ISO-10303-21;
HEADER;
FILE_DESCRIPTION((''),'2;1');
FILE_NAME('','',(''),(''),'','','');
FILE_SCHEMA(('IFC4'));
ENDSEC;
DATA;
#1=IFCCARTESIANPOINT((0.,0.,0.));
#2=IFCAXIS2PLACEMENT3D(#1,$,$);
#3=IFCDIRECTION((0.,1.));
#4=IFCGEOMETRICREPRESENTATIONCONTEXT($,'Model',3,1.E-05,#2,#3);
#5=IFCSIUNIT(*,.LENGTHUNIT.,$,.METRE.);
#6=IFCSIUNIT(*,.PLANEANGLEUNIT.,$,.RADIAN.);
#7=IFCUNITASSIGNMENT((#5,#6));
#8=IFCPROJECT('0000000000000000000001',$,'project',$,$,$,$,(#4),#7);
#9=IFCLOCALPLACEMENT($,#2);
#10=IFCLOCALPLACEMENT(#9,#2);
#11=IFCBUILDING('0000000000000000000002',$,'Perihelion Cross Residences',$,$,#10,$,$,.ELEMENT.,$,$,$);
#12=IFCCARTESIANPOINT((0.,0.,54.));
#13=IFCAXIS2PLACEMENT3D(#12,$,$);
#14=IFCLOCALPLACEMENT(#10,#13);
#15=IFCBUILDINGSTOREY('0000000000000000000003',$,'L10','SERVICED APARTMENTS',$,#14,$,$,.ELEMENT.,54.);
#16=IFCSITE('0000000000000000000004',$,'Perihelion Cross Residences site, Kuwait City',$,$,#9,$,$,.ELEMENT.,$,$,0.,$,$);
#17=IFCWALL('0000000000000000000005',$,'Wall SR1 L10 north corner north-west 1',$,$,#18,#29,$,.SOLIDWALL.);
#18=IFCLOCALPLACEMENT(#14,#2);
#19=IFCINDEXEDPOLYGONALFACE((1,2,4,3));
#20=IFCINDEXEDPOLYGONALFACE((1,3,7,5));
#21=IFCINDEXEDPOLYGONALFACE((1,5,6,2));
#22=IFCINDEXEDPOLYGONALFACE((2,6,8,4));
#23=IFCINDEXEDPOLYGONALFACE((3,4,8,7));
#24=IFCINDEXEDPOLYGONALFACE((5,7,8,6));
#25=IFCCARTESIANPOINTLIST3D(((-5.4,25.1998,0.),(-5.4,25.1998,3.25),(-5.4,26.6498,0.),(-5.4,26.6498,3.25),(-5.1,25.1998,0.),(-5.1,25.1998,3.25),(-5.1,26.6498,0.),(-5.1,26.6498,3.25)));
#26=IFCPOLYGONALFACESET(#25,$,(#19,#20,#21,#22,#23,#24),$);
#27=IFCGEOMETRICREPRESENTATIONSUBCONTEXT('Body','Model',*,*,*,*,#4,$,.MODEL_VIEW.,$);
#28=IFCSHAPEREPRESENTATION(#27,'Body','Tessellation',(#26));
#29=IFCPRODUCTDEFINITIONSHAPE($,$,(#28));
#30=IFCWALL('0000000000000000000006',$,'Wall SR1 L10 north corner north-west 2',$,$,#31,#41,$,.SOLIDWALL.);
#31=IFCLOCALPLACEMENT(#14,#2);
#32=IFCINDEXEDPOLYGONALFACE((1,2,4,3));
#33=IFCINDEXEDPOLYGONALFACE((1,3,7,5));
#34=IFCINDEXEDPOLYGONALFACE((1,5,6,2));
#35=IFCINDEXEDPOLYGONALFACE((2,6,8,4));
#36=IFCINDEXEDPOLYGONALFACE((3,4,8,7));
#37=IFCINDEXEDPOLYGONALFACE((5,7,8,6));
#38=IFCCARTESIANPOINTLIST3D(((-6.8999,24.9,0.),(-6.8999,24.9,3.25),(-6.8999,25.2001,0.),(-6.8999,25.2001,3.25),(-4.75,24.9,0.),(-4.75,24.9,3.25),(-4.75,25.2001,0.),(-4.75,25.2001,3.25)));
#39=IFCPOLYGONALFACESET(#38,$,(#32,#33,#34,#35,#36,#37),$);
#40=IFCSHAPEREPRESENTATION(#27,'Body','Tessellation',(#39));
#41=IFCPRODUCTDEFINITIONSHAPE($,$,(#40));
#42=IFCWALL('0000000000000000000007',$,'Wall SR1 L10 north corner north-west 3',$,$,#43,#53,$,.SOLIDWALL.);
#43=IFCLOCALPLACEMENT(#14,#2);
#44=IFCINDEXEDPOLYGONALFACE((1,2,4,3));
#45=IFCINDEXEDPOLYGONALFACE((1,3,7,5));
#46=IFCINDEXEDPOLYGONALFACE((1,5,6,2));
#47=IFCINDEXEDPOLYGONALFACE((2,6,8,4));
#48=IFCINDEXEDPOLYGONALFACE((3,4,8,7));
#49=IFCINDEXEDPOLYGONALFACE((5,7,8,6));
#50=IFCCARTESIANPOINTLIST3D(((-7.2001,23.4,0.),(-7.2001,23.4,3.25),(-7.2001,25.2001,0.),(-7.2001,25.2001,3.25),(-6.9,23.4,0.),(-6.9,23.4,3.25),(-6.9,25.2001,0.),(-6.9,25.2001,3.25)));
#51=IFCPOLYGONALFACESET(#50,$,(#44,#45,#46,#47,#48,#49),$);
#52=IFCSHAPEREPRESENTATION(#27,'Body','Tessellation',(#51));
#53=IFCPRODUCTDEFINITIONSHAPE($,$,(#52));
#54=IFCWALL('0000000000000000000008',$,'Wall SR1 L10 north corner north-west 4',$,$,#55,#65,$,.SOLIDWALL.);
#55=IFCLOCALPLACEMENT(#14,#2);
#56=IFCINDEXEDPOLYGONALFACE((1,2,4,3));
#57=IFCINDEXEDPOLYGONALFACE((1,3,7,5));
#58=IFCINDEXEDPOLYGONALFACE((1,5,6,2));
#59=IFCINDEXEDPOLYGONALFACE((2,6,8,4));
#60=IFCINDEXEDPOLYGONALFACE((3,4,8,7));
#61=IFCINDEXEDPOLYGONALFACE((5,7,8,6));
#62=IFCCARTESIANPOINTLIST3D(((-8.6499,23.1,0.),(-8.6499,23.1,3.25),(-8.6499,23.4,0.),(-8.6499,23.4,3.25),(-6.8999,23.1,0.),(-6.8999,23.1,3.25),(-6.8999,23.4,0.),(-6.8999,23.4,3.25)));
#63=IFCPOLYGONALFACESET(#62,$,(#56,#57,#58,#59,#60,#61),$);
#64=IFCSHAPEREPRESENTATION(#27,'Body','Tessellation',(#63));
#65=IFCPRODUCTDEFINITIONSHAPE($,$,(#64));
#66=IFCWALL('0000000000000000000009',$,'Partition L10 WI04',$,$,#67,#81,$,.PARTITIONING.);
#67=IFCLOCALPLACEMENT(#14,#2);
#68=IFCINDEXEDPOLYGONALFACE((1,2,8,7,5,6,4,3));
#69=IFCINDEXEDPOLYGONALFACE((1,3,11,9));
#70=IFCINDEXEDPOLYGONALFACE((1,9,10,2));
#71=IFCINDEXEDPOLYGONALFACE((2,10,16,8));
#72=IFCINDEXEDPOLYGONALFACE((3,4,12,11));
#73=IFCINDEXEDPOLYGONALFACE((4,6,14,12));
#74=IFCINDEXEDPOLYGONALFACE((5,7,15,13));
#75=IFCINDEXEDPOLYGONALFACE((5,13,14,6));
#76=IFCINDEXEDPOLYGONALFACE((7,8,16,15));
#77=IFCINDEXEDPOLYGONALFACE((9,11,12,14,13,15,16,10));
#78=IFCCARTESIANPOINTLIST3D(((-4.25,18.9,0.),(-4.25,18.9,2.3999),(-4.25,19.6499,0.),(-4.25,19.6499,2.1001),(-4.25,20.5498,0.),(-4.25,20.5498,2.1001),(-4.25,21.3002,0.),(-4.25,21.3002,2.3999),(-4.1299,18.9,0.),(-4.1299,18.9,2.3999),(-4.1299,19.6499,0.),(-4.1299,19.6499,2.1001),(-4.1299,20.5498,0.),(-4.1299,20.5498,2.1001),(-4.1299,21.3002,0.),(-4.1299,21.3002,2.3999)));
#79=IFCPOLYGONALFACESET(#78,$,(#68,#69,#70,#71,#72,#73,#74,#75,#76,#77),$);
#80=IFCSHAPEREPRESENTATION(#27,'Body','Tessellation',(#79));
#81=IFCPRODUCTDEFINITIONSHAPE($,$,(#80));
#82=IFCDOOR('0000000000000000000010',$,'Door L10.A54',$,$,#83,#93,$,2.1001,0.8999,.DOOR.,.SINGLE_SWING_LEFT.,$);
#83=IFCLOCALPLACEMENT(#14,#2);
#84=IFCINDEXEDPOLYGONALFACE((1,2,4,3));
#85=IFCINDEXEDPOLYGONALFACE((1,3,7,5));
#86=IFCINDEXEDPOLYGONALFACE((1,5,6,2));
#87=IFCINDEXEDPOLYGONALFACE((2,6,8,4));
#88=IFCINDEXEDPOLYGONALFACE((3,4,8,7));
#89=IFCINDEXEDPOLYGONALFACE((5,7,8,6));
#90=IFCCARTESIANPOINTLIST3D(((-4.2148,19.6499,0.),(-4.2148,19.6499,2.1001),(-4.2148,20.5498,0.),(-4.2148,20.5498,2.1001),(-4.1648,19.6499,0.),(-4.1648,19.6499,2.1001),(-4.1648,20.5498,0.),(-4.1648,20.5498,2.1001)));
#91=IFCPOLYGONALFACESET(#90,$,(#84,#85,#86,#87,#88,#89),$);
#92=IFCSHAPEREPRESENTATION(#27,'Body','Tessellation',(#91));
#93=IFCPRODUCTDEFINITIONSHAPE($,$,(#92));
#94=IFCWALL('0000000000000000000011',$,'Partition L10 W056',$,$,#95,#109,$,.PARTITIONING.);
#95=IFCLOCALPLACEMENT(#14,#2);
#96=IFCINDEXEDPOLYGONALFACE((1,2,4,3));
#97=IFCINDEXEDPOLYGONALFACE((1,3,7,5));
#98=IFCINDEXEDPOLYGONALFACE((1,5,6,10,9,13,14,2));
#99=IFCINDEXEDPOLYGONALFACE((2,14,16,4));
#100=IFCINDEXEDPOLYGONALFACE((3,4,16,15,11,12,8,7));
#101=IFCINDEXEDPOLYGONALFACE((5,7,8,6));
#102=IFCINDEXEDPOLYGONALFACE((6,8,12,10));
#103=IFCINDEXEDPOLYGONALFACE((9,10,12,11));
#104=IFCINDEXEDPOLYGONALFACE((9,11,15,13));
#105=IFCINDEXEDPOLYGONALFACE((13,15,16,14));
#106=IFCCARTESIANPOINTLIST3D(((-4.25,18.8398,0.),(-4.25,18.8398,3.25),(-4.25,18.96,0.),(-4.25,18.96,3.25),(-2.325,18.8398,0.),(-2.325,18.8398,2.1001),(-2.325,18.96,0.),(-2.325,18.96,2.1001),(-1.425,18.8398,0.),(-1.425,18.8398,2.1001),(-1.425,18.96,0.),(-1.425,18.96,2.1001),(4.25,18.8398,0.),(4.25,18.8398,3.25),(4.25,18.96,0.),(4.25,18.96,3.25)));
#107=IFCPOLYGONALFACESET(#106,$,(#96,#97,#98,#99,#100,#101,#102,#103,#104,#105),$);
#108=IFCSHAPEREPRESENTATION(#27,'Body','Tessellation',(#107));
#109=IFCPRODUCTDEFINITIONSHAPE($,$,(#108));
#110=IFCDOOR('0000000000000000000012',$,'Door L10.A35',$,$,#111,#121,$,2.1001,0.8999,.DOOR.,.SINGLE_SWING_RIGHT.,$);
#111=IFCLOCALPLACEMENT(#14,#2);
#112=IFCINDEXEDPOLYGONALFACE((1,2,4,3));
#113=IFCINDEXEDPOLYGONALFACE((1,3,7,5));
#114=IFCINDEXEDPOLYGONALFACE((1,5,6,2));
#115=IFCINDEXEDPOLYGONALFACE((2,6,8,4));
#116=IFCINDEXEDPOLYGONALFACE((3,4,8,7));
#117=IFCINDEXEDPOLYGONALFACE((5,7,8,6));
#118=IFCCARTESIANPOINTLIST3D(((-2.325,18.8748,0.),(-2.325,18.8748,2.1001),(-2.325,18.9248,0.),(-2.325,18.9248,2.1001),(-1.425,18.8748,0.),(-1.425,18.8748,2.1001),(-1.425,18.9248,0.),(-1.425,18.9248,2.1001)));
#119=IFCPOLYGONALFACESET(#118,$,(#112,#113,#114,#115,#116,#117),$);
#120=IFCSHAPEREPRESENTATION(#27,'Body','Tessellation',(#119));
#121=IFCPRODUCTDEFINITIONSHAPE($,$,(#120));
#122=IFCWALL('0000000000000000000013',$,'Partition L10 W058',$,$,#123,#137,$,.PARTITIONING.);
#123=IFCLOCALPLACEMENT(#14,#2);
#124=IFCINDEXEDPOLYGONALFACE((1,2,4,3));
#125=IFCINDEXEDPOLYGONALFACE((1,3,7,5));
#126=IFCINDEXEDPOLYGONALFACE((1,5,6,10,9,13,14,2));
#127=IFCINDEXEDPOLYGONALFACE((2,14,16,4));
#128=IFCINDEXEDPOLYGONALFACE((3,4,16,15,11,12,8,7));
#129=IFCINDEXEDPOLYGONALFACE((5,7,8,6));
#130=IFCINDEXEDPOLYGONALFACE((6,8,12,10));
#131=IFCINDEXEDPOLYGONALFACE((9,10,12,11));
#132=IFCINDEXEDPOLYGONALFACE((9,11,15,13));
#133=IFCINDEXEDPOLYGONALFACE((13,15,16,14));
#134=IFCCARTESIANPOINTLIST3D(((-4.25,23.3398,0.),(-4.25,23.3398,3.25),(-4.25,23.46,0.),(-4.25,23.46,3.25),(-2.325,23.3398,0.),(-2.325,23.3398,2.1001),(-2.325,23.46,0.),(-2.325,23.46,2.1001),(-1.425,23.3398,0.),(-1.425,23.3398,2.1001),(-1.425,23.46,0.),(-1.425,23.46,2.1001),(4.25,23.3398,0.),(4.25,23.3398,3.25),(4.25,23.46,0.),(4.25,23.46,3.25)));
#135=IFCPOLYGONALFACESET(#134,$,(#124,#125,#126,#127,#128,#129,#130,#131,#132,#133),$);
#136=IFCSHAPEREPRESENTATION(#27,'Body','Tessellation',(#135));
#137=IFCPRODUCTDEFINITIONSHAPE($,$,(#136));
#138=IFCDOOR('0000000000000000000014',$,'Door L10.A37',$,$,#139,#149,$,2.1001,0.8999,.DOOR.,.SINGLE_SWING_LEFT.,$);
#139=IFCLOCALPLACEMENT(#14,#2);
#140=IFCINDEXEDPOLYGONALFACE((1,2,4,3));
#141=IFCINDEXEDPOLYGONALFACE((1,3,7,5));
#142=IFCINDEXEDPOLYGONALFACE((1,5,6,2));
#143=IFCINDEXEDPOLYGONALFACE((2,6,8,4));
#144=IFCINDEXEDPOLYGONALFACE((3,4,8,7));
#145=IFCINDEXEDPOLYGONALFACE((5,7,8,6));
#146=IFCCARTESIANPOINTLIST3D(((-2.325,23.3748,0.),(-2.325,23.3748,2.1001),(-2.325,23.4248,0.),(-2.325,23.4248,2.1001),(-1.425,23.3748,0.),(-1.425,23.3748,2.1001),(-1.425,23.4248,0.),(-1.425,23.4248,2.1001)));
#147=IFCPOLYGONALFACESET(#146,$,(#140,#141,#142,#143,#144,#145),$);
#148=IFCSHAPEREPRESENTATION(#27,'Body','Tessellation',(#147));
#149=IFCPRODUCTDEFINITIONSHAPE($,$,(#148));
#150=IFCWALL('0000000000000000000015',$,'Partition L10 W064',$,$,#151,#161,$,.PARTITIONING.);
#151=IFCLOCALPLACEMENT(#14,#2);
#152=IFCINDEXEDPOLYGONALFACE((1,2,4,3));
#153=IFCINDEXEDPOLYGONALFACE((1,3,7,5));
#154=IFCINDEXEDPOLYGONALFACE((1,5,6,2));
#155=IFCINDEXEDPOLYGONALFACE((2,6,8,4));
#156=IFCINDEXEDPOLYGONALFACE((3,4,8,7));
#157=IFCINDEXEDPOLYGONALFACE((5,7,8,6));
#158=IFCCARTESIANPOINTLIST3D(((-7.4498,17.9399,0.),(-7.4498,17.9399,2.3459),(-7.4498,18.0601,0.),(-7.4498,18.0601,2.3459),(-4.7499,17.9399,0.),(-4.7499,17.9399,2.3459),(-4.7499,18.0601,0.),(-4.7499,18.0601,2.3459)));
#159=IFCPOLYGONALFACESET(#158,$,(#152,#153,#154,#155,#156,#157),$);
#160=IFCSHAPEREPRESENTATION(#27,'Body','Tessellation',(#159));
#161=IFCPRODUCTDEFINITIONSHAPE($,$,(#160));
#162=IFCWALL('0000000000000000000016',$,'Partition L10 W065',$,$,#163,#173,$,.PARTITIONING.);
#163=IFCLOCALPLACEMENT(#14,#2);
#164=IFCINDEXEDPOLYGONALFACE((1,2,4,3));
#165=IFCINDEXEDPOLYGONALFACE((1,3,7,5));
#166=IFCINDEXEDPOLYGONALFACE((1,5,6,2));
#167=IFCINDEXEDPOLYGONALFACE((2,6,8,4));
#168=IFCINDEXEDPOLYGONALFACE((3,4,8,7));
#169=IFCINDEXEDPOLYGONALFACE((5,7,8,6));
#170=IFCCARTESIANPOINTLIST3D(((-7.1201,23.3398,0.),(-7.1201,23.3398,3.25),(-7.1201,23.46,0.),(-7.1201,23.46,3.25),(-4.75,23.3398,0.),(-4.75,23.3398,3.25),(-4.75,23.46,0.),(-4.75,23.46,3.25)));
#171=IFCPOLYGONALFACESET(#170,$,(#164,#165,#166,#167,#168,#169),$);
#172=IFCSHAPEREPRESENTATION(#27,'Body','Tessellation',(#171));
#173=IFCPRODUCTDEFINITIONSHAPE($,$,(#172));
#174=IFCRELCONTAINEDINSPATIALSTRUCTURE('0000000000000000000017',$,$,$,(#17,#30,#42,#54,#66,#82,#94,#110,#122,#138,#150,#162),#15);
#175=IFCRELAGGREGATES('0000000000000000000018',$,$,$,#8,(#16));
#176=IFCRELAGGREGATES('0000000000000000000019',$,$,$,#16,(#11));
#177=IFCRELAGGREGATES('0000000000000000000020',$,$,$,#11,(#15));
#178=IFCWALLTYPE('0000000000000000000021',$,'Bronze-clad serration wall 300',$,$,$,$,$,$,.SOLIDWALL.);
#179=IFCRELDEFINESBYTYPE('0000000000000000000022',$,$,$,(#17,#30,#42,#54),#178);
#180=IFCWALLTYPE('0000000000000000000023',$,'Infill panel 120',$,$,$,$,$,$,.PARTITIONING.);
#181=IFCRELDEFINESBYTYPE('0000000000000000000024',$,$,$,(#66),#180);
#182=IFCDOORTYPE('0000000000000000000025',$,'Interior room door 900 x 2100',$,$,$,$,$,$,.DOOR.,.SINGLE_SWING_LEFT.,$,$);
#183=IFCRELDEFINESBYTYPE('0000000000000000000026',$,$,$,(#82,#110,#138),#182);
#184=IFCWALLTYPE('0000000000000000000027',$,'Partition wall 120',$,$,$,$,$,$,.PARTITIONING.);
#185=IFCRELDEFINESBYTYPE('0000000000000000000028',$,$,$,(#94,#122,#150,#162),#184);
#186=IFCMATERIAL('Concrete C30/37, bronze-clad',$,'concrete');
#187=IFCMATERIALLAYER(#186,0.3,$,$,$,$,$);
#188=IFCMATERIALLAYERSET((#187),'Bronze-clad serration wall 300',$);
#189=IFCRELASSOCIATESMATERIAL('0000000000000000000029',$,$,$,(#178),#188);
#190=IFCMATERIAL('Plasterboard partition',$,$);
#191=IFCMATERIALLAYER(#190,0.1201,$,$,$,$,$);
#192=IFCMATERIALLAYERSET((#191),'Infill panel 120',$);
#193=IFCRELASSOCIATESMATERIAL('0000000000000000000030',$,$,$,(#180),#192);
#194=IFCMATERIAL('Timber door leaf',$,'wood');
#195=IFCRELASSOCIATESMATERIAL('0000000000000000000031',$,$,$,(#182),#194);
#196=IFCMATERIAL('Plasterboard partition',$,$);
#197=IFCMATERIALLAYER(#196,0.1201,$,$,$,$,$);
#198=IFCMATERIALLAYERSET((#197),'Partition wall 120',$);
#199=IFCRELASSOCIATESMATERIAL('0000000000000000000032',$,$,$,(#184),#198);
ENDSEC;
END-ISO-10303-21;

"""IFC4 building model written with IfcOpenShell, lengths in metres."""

from ifc_helpers import new_model, si_unit, direction, frame, frame_2d, origin, place, context, subcontext, project, spatial, rectangle, extrude, material, layer, layer_set, type_object, element, fill, save


model = new_model("IFC4")

# Units and contexts
model_context = context("Model", 3, precision=1e-05, world=origin(), true_north=direction((0.0, 1.0)))
body_context = subcontext(model_context, "Body", "Model", "MODEL_VIEW")
ifc_project = project(units=[si_unit("LENGTHUNIT", "METRE"), si_unit("PLANEANGLEUNIT", "RADIAN")], contexts=[model_context])

# Site, building, storey
site_placement = place(None, origin())
site = spatial("IfcSite", under=ifc_project, at=site_placement, Name="Perihelion Cross Residences site, Kuwait City", CompositionType="ELEMENT", RefElevation=0.0)
building_placement = place(site_placement, origin())
building = spatial("IfcBuilding", under=site, at=building_placement, Name="Perihelion Cross Residences", CompositionType="ELEMENT")
storey_placement = place(building_placement, frame((0.0, 0.0, 54.0)))
storey = spatial("IfcBuildingStorey", under=building, at=storey_placement, Name="L10", Description="SERVICED APARTMENTS", CompositionType="ELEMENT", Elevation=54.0)

# Walls
ifc_material_1 = material(Name="Concrete C30/37, bronze-clad", Category="concrete")
ifc_layer_1 = layer(ifc_material_1, 0.3)
ifc_layer_set_1 = layer_set([ifc_layer_1], Name="Bronze-clad serration wall 300")
wall_type_1 = type_object("IfcWallType", Name="Bronze-clad serration wall 300", PredefinedType="SOLIDWALL", material=ifc_layer_set_1)
wall_1_placement = place(storey_placement, frame((-5.25, 26.6499, 0.0), z_axis=(0.0, 0.0, 1.0), x_axis=(0.0, -1.0, 0.0)))
element("IfcWall", 1, at=wall_1_placement, inside=storey, type_object=wall_type_1, Name="Wall SR1 L10 north corner north-west 1", PredefinedType="SOLIDWALL", context=body_context, shape_type="SweptSolid", body=[
    extrude(rectangle(XDim=1.45, YDim=0.3, at=frame_2d((0.7251, 0.0))), origin(), (0.0, 0.0, 1.0), 3.25),
])
wall_2_placement = place(storey_placement, frame((-4.75, 25.05, 0.0), z_axis=(0.0, 0.0, 1.0), x_axis=(-1.0, 0.0, 0.0)))
element("IfcWall", 2, at=wall_2_placement, inside=storey, type_object=wall_type_1, Name="Wall SR1 L10 north corner north-west 2", PredefinedType="SOLIDWALL", context=body_context, shape_type="SweptSolid", body=[
    extrude(rectangle(XDim=2.1499, YDim=0.3, at=frame_2d((1.075, 0.0))), origin(), (0.0, 0.0, 1.0), 3.25),
])
wall_3_placement = place(storey_placement, frame((-7.05, 25.2, 0.0), z_axis=(0.0, 0.0, 1.0), x_axis=(0.0, -1.0, 0.0)))
element("IfcWall", 3, at=wall_3_placement, inside=storey, type_object=wall_type_1, Name="Wall SR1 L10 north corner north-west 3", PredefinedType="SOLIDWALL", context=body_context, shape_type="SweptSolid", body=[
    extrude(rectangle(XDim=1.8, YDim=0.3, at=frame_2d((0.8999, 0.0))), origin(), (0.0, 0.0, 1.0), 3.25),
])
wall_4_placement = place(storey_placement, frame((-6.8999, 23.25, 0.0), z_axis=(0.0, 0.0, 1.0), x_axis=(-1.0, 0.0, 0.0)))
element("IfcWall", 4, at=wall_4_placement, inside=storey, type_object=wall_type_1, Name="Wall SR1 L10 north corner north-west 4", PredefinedType="SOLIDWALL", context=body_context, shape_type="SweptSolid", body=[
    extrude(rectangle(XDim=1.75, YDim=0.3, at=frame_2d((0.875, 0.0))), origin(), (0.0, 0.0, 1.0), 3.25),
])

# Walls, openings, doors
ifc_material_2 = material(Name="Plasterboard partition")
ifc_layer_2 = layer(ifc_material_2, 0.1201)
ifc_layer_set_2 = layer_set([ifc_layer_2], Name="Infill panel 120")
wall_type_2 = type_object("IfcWallType", Name="Infill panel 120", PredefinedType="PARTITIONING", material=ifc_layer_set_2)
wall_5_placement = place(storey_placement, frame((-4.1899, 18.8999, 0.0), z_axis=(0.0, 0.0, 1.0), x_axis=(0.0, 1.0, 0.0)))
wall_5 = element("IfcWall", 5, at=wall_5_placement, inside=storey, type_object=wall_type_2, Name="Partition L10 WI04", PredefinedType="PARTITIONING", context=body_context, shape_type="SweptSolid", body=[
    extrude(rectangle(XDim=2.4001, YDim=0.1201, at=frame_2d((1.2002, 0.0))), origin(), (0.0, 0.0, 1.0), 2.3999),
])
opening_1_placement = place(wall_5_placement, frame((0.75, 0.0, 0.0)))
opening_1 = element("IfcOpeningElement", 6, at=opening_1_placement, cuts=wall_5, PredefinedType="OPENING", context=body_context, shape_type="SweptSolid", body=[
    extrude(rectangle(XDim=0.8999, YDim=2.1001, at=frame_2d((0.45, 1.05))), frame((0.0, 0.0701, 0.0), z_axis=(0.0, -1.0, 0.0), x_axis=(1.0, 0.0, 0.0)), (0.0, 0.0, 1.0), 0.1401),
])
ifc_material_3 = material(Name="Timber door leaf", Category="wood")
door_type_1 = type_object("IfcDoorType", Name="Interior room door 900 x 2100", OperationType="SINGLE_SWING_LEFT", PredefinedType="DOOR", material=ifc_material_3)
door_1_placement = place(opening_1_placement, origin())
door_1 = element("IfcDoor", 7, at=door_1_placement, inside=storey, type_object=door_type_1, Name="Door L10.A54", OperationType="SINGLE_SWING_LEFT", OverallHeight=2.1001, OverallWidth=0.8999, PredefinedType="DOOR", context=body_context, shape_type="SweptSolid", body=[
    extrude(rectangle(XDim=0.8999, YDim=2.1001, at=frame_2d((0.45, 1.05))), frame((0.0, 0.0249, 0.0), z_axis=(0.0, -1.0, 0.0), x_axis=(1.0, 0.0, 0.0)), (0.0, 0.0, 1.0), 0.05),
])
fill(opening_1, door_1)
ifc_material_4 = material(Name="Plasterboard partition")
ifc_layer_3 = layer(ifc_material_4, 0.1201)
ifc_layer_set_3 = layer_set([ifc_layer_3], Name="Partition wall 120")
wall_type_3 = type_object("IfcWallType", Name="Partition wall 120", PredefinedType="PARTITIONING", material=ifc_layer_set_3)
wall_6_placement = place(storey_placement, frame((-4.25, 18.8999, 0.0), z_axis=(0.0, 0.0, 1.0), x_axis=(1.0, 0.0, 0.0)))
wall_6 = element("IfcWall", 8, at=wall_6_placement, inside=storey, type_object=wall_type_3, Name="Partition L10 W056", PredefinedType="PARTITIONING", context=body_context, shape_type="SweptSolid", body=[
    extrude(rectangle(XDim=8.5, YDim=0.1201, at=frame_2d((4.25, 0.0))), origin(), (0.0, 0.0, 1.0), 3.25),
])
opening_2_placement = place(wall_6_placement, frame((1.925, 0.0, 0.0)))
opening_2 = element("IfcOpeningElement", 9, at=opening_2_placement, cuts=wall_6, PredefinedType="OPENING", context=body_context, shape_type="SweptSolid", body=[
    extrude(rectangle(XDim=0.8999, YDim=2.1001, at=frame_2d((0.45, 1.05))), frame((0.0, 0.0701, 0.0), z_axis=(0.0, -1.0, 0.0), x_axis=(1.0, 0.0, 0.0)), (0.0, 0.0, 1.0), 0.1401),
])
door_2_placement = place(opening_2_placement, origin())
door_2 = element("IfcDoor", 10, at=door_2_placement, inside=storey, type_object=door_type_1, Name="Door L10.A35", OperationType="SINGLE_SWING_RIGHT", OverallHeight=2.1001, OverallWidth=0.8999, PredefinedType="DOOR", context=body_context, shape_type="SweptSolid", body=[
    extrude(rectangle(XDim=0.8999, YDim=2.1001, at=frame_2d((0.45, 1.05))), frame((0.0, 0.0249, 0.0), z_axis=(0.0, -1.0, 0.0), x_axis=(1.0, 0.0, 0.0)), (0.0, 0.0, 1.0), 0.05),
])
fill(opening_2, door_2)
wall_7_placement = place(storey_placement, frame((-4.25, 23.3999, 0.0), z_axis=(0.0, 0.0, 1.0), x_axis=(1.0, 0.0, 0.0)))
wall_7 = element("IfcWall", 11, at=wall_7_placement, inside=storey, type_object=wall_type_3, Name="Partition L10 W058", PredefinedType="PARTITIONING", context=body_context, shape_type="SweptSolid", body=[
    extrude(rectangle(XDim=8.5, YDim=0.1201, at=frame_2d((4.25, 0.0))), origin(), (0.0, 0.0, 1.0), 3.25),
])
opening_3_placement = place(wall_7_placement, frame((1.925, 0.0, 0.0)))
opening_3 = element("IfcOpeningElement", 12, at=opening_3_placement, cuts=wall_7, PredefinedType="OPENING", context=body_context, shape_type="SweptSolid", body=[
    extrude(rectangle(XDim=0.8999, YDim=2.1001, at=frame_2d((0.45, 1.05))), frame((0.0, 0.0701, 0.0), z_axis=(0.0, -1.0, 0.0), x_axis=(1.0, 0.0, 0.0)), (0.0, 0.0, 1.0), 0.1401),
])
door_3_placement = place(opening_3_placement, origin())
door_3 = element("IfcDoor", 13, at=door_3_placement, inside=storey, type_object=door_type_1, Name="Door L10.A37", OperationType="SINGLE_SWING_LEFT", OverallHeight=2.1001, OverallWidth=0.8999, PredefinedType="DOOR", context=body_context, shape_type="SweptSolid", body=[
    extrude(rectangle(XDim=0.8999, YDim=2.1001, at=frame_2d((0.45, 1.05))), frame((0.0, 0.0249, 0.0), z_axis=(0.0, -1.0, 0.0), x_axis=(1.0, 0.0, 0.0)), (0.0, 0.0, 1.0), 0.05),
])
fill(opening_3, door_3)

# Walls
wall_8_placement = place(storey_placement, frame((-7.45, 18.0, 0.0), z_axis=(0.0, 0.0, 1.0), x_axis=(1.0, 0.0, 0.0)))
element("IfcWall", 14, at=wall_8_placement, inside=storey, type_object=wall_type_3, Name="Partition L10 W064", PredefinedType="PARTITIONING", context=body_context, shape_type="SweptSolid", body=[
    extrude(rectangle(XDim=2.7, YDim=0.1201, at=frame_2d((1.3501, 0.0))), origin(), (0.0, 0.0, 1.0), 2.3459),
])
wall_9_placement = place(storey_placement, frame((-7.1201, 23.3999, 0.0), z_axis=(0.0, 0.0, 1.0), x_axis=(1.0, 0.0, 0.0)))
element("IfcWall", 15, at=wall_9_placement, inside=storey, type_object=wall_type_3, Name="Partition L10 W065", PredefinedType="PARTITIONING", context=body_context, shape_type="SweptSolid", body=[
    extrude(rectangle(XDim=2.3701, YDim=0.1201, at=frame_2d((1.1851, 0.0))), origin(), (0.0, 0.0, 1.0), 3.25),
])

save(model, "model.ifc")
